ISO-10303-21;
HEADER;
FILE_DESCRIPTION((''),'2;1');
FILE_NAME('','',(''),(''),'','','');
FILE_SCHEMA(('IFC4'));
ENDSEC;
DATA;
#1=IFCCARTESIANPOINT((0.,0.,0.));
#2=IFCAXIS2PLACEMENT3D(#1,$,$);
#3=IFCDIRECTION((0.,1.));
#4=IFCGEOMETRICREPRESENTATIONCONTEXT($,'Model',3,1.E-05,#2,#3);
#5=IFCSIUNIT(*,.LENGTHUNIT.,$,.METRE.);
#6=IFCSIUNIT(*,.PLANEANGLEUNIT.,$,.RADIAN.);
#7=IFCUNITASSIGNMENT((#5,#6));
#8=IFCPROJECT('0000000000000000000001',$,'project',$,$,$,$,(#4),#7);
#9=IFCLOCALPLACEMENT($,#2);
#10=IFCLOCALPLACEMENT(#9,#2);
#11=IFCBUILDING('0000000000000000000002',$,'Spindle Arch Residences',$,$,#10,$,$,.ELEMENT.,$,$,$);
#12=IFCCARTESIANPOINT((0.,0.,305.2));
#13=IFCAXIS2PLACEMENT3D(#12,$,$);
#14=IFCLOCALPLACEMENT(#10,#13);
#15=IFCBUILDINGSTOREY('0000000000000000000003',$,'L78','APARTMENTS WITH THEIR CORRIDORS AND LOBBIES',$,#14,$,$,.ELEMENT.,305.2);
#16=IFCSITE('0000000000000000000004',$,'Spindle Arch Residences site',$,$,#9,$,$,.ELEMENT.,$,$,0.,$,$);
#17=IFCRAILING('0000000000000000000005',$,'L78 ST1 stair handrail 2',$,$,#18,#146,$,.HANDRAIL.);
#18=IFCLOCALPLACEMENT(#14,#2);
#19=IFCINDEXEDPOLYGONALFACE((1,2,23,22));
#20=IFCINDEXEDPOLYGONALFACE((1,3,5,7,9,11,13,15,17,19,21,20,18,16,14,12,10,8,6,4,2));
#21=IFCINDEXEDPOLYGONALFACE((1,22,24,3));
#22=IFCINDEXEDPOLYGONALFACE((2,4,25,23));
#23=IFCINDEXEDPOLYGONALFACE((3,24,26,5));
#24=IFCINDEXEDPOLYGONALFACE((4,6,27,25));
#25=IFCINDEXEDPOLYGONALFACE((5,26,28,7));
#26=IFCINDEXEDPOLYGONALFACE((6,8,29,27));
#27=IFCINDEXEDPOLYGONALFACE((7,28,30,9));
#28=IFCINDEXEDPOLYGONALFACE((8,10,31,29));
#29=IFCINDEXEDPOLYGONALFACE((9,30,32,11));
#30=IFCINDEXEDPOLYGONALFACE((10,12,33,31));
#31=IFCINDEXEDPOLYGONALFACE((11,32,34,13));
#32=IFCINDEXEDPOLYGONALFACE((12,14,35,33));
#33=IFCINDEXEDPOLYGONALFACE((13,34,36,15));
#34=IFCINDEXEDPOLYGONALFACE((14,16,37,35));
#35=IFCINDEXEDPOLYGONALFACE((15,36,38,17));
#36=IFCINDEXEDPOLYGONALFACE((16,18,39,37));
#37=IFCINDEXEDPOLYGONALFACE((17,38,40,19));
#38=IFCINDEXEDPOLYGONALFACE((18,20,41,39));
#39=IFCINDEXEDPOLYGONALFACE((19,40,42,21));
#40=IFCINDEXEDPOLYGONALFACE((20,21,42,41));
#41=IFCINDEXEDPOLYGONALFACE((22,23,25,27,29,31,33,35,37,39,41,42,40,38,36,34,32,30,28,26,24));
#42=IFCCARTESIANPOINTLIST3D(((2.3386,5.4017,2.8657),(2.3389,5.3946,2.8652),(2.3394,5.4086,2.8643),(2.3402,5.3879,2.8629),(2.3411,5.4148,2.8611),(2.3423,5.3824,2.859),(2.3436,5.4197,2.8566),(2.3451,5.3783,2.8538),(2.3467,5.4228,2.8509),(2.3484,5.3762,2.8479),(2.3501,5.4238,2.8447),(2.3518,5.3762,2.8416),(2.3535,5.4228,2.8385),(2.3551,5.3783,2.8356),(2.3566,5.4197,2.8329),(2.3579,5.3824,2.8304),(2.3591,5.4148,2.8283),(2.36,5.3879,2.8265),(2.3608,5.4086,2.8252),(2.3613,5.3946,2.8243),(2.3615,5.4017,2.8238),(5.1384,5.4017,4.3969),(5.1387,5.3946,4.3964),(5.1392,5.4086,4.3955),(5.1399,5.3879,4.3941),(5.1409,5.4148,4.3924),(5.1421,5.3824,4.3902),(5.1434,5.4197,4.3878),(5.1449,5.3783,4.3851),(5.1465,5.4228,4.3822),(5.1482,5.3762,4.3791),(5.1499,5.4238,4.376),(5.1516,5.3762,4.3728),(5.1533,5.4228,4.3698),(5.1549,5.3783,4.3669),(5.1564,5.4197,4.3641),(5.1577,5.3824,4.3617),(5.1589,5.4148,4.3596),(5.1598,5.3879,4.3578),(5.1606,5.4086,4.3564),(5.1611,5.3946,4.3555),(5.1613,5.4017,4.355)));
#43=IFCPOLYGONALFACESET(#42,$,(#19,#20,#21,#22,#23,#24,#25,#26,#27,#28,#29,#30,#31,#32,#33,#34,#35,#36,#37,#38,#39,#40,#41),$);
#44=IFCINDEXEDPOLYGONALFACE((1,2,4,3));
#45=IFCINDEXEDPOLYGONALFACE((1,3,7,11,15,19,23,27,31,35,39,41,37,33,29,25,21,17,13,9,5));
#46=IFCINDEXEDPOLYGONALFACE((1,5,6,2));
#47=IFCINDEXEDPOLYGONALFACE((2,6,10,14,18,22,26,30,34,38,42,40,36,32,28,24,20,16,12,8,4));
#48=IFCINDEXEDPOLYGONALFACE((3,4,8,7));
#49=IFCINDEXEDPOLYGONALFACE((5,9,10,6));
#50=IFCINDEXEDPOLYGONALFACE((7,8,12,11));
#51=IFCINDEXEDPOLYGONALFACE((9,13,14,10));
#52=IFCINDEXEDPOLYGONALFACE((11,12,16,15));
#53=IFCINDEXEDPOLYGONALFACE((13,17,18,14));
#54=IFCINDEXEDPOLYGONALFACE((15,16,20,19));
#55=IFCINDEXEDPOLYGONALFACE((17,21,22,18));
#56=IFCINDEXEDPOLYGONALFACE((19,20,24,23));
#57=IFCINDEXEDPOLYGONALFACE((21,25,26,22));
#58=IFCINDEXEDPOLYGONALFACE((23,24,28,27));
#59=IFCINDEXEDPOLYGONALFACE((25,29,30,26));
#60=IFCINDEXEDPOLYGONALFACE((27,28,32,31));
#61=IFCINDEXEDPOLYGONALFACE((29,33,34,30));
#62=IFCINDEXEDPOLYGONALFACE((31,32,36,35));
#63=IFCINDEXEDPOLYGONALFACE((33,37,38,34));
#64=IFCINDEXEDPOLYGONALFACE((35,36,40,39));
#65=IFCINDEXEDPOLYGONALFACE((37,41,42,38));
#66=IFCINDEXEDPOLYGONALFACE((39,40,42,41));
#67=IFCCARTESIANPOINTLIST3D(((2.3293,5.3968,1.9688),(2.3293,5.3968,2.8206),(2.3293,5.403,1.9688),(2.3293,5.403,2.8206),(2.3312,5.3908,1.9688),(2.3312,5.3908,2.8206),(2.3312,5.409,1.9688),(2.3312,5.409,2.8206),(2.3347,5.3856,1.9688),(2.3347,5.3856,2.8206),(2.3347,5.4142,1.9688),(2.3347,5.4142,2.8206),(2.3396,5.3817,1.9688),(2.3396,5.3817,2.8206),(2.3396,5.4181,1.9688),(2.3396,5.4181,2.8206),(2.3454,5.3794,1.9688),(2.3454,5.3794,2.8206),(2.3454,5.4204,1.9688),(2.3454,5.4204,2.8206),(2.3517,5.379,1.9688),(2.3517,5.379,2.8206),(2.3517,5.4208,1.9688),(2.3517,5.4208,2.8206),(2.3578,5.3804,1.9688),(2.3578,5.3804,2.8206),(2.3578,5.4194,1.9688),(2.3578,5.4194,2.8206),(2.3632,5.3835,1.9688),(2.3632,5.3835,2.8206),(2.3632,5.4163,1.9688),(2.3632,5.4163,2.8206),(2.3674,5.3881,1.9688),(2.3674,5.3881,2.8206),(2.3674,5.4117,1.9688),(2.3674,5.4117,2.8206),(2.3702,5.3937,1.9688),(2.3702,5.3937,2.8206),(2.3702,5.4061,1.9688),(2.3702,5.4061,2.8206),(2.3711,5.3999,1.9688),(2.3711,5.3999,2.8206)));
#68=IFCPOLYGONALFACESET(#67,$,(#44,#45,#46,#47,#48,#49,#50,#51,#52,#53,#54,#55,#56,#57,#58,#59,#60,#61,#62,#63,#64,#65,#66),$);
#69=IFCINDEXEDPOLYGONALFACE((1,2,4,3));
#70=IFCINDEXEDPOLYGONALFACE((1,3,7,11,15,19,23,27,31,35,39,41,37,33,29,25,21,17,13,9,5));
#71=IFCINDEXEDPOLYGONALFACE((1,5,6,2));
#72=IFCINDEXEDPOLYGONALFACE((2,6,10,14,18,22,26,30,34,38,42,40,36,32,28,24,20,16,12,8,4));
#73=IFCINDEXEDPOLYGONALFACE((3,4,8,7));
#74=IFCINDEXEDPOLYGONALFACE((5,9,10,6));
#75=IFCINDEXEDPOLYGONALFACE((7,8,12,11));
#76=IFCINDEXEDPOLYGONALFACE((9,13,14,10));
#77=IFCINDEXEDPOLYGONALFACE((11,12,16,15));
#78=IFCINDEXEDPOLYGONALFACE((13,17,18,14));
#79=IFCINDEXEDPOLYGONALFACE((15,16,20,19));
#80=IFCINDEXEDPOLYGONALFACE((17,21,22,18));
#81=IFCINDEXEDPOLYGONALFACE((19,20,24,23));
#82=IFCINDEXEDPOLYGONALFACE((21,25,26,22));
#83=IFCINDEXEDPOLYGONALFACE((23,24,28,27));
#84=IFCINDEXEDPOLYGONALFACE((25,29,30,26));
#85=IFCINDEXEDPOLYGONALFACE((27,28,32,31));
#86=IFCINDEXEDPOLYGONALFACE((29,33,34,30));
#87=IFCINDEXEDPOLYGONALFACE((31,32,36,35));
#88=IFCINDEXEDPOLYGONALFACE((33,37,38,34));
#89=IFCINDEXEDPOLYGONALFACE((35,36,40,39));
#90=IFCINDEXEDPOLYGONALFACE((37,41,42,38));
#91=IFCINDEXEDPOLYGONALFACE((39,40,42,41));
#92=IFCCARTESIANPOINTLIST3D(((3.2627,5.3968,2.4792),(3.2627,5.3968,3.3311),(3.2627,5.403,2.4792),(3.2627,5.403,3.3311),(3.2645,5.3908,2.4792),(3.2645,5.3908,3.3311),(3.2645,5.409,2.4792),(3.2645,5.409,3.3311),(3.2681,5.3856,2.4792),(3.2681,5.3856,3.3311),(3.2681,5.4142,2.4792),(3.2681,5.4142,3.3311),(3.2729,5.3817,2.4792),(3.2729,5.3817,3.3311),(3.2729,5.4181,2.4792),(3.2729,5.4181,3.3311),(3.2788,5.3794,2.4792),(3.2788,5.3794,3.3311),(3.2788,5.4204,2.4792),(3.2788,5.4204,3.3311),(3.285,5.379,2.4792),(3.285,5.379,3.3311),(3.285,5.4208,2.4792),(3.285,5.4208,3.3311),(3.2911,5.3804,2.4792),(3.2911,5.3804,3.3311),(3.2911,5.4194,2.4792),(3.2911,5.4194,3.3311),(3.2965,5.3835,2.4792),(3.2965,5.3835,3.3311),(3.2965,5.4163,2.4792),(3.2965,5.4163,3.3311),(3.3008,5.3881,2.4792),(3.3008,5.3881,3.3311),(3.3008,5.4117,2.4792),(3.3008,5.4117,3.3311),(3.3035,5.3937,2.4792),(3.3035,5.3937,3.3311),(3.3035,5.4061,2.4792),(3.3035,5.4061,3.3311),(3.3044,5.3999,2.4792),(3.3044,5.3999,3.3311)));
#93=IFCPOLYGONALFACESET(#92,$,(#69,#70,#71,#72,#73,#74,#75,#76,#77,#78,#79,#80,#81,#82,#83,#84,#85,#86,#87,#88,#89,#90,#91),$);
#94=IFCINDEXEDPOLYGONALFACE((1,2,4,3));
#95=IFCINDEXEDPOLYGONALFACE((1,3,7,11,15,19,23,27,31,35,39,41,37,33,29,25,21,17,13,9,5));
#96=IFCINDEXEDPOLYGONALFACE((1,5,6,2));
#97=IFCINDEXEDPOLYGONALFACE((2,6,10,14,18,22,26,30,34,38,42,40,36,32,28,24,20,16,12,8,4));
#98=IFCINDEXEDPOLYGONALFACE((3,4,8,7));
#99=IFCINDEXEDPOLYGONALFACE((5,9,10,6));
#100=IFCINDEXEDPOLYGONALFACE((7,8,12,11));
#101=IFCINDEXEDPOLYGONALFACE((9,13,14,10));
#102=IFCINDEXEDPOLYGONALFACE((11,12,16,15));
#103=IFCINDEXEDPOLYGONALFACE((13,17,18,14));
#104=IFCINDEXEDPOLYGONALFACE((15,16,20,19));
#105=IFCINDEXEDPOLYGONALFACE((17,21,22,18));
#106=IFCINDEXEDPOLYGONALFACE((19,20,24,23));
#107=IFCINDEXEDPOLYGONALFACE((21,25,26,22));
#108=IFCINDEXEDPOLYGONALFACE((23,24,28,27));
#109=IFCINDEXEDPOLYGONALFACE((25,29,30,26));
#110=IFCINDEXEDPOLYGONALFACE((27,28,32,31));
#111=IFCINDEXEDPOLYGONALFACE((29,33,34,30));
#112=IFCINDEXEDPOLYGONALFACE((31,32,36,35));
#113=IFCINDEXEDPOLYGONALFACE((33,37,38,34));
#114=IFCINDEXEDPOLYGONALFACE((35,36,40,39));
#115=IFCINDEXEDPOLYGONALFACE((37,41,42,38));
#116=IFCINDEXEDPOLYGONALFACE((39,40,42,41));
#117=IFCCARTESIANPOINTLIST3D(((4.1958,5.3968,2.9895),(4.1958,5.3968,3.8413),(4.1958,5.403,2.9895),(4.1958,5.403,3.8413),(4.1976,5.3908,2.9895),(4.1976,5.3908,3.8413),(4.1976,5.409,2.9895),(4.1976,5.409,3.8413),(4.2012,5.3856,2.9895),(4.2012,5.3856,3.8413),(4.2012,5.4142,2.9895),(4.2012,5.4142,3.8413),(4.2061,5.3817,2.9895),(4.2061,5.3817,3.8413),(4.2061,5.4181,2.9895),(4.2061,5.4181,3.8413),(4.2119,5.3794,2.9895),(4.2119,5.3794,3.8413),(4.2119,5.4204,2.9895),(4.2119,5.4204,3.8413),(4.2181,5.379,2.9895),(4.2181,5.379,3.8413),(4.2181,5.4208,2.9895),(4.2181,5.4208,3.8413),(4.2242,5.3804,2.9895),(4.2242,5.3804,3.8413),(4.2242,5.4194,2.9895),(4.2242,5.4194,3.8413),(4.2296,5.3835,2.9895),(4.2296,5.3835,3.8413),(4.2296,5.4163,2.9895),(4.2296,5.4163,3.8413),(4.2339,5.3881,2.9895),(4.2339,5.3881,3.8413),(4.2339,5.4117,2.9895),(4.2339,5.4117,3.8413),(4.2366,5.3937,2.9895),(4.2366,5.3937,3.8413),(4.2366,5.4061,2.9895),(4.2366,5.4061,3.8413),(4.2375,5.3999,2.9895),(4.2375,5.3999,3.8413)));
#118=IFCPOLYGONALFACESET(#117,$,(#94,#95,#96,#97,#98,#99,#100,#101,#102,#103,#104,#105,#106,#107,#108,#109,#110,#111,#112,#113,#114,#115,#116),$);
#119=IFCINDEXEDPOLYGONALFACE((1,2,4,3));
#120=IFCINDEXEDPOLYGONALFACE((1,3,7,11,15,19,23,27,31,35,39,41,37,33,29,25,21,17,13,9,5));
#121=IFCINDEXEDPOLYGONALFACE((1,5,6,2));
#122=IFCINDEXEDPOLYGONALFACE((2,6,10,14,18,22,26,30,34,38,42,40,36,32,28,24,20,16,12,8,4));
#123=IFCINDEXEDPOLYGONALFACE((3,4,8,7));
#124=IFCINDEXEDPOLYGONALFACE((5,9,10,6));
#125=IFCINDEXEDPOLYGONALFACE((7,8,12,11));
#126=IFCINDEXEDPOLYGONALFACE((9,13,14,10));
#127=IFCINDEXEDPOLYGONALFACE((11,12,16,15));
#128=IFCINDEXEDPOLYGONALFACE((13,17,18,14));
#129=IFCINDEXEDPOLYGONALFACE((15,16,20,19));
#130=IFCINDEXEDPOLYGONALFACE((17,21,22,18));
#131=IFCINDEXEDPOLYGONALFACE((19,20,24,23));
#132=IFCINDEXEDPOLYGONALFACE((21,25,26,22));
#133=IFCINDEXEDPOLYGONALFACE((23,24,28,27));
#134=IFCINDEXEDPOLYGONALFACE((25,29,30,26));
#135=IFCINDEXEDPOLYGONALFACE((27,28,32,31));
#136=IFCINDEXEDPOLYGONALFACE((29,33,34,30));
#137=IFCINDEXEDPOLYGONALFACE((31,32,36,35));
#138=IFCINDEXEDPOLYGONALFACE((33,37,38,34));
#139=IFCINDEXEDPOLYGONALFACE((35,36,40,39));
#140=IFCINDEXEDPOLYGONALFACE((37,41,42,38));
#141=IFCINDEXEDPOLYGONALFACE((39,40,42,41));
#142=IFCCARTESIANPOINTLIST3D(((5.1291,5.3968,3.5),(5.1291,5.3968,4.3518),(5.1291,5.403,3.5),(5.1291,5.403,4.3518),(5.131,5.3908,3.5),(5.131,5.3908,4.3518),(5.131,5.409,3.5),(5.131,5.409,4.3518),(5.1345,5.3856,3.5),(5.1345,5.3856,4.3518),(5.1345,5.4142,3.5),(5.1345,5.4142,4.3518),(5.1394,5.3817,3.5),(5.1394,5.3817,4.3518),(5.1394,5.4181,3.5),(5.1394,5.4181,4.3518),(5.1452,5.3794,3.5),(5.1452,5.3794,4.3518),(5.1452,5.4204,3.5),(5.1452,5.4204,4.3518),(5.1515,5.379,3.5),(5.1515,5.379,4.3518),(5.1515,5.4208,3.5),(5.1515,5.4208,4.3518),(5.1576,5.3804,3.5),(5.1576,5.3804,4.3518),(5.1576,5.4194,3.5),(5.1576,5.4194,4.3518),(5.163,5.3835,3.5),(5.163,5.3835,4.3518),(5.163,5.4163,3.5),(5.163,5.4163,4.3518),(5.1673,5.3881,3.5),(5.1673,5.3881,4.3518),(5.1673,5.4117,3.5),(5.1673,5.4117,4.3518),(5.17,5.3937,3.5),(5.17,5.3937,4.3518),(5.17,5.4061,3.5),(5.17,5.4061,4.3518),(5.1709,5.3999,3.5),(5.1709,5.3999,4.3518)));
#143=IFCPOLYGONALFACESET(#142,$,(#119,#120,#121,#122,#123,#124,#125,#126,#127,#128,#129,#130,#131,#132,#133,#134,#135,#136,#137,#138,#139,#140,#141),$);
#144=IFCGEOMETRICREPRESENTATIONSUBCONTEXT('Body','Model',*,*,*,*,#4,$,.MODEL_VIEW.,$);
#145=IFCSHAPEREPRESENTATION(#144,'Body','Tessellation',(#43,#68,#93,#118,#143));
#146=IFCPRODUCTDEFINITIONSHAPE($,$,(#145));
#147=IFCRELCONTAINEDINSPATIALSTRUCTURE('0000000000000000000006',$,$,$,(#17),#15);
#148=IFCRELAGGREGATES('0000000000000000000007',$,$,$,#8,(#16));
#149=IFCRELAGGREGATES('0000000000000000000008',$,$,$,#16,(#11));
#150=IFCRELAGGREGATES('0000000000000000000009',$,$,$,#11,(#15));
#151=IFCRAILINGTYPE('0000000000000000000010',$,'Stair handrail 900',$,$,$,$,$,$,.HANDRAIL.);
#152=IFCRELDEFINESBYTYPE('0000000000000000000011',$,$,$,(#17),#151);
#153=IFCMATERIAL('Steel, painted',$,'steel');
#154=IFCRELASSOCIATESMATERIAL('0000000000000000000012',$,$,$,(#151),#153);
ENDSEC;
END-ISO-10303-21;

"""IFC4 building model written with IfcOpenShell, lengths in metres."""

from ifc_helpers import new_model, si_unit, direction, frame, origin, origin_2d, place, context, subcontext, project, spatial, circle, extrude, material, type_object, element, save


model = new_model("IFC4")

# Units and contexts
model_context = context("Model", 3, precision=1e-05, world=origin(), true_north=direction((0.0, 1.0)))
body_context = subcontext(model_context, "Body", "Model", "MODEL_VIEW")
ifc_project = project(units=[si_unit("LENGTHUNIT", "METRE"), si_unit("PLANEANGLEUNIT", "RADIAN")], contexts=[model_context])

# Site, building, storey
site_placement = place(None, origin())
site = spatial("IfcSite", under=ifc_project, at=site_placement, Name="Spindle Arch Residences site", CompositionType="ELEMENT", RefElevation=0.0)
building_placement = place(site_placement, origin())
building = spatial("IfcBuilding", under=site, at=building_placement, Name="Spindle Arch Residences", CompositionType="ELEMENT")
storey_placement = place(building_placement, frame((0.0, 0.0, 305.2)))
storey = spatial("IfcBuildingStorey", under=building, at=storey_placement, Name="L78", Description="APARTMENTS WITH THEIR CORRIDORS AND LOBBIES", CompositionType="ELEMENT", Elevation=305.2)

# Railing
ifc_material_1 = material(Name="Steel, painted", Category="steel")
railing_type_1 = type_object("IfcRailingType", Name="Stair handrail 900", PredefinedType="HANDRAIL", material=ifc_material_1)
railing_1_placement = place(storey_placement, frame((2.3501, 5.3999, 1.9688)))
element("IfcRailing", 1, at=railing_1_placement, inside=storey, type_object=railing_type_1, Name="L78 ST1 stair handrail 2", PredefinedType="HANDRAIL", context=body_context, shape_type="SweptSolid", body=[
    extrude(circle(Radius=0.0239, at=origin_2d()), frame((0.0, 0.0, 0.876), z_axis=(0.877357, 0.0, 0.479838), x_axis=(0.0, 1.0, 0.0)), (0.0, 0.0, 1.0), 3.1912),
    extrude(circle(Radius=0.021, at=origin_2d()), origin(), (0.0, 0.0, 1.0), 0.8518),
    extrude(circle(Radius=0.021, at=origin_2d()), frame((0.9333, 0.0, 0.5105)), (0.0, 0.0, 1.0), 0.8518),
    extrude(circle(Radius=0.021, at=origin_2d()), frame((1.8665, 0.0, 1.0208)), (0.0, 0.0, 1.0), 0.8518),
    extrude(circle(Radius=0.021, at=origin_2d()), frame((2.7998, 0.0, 1.5312)), (0.0, 0.0, 1.0), 0.8518),
])

save(model, "model.ifc")
